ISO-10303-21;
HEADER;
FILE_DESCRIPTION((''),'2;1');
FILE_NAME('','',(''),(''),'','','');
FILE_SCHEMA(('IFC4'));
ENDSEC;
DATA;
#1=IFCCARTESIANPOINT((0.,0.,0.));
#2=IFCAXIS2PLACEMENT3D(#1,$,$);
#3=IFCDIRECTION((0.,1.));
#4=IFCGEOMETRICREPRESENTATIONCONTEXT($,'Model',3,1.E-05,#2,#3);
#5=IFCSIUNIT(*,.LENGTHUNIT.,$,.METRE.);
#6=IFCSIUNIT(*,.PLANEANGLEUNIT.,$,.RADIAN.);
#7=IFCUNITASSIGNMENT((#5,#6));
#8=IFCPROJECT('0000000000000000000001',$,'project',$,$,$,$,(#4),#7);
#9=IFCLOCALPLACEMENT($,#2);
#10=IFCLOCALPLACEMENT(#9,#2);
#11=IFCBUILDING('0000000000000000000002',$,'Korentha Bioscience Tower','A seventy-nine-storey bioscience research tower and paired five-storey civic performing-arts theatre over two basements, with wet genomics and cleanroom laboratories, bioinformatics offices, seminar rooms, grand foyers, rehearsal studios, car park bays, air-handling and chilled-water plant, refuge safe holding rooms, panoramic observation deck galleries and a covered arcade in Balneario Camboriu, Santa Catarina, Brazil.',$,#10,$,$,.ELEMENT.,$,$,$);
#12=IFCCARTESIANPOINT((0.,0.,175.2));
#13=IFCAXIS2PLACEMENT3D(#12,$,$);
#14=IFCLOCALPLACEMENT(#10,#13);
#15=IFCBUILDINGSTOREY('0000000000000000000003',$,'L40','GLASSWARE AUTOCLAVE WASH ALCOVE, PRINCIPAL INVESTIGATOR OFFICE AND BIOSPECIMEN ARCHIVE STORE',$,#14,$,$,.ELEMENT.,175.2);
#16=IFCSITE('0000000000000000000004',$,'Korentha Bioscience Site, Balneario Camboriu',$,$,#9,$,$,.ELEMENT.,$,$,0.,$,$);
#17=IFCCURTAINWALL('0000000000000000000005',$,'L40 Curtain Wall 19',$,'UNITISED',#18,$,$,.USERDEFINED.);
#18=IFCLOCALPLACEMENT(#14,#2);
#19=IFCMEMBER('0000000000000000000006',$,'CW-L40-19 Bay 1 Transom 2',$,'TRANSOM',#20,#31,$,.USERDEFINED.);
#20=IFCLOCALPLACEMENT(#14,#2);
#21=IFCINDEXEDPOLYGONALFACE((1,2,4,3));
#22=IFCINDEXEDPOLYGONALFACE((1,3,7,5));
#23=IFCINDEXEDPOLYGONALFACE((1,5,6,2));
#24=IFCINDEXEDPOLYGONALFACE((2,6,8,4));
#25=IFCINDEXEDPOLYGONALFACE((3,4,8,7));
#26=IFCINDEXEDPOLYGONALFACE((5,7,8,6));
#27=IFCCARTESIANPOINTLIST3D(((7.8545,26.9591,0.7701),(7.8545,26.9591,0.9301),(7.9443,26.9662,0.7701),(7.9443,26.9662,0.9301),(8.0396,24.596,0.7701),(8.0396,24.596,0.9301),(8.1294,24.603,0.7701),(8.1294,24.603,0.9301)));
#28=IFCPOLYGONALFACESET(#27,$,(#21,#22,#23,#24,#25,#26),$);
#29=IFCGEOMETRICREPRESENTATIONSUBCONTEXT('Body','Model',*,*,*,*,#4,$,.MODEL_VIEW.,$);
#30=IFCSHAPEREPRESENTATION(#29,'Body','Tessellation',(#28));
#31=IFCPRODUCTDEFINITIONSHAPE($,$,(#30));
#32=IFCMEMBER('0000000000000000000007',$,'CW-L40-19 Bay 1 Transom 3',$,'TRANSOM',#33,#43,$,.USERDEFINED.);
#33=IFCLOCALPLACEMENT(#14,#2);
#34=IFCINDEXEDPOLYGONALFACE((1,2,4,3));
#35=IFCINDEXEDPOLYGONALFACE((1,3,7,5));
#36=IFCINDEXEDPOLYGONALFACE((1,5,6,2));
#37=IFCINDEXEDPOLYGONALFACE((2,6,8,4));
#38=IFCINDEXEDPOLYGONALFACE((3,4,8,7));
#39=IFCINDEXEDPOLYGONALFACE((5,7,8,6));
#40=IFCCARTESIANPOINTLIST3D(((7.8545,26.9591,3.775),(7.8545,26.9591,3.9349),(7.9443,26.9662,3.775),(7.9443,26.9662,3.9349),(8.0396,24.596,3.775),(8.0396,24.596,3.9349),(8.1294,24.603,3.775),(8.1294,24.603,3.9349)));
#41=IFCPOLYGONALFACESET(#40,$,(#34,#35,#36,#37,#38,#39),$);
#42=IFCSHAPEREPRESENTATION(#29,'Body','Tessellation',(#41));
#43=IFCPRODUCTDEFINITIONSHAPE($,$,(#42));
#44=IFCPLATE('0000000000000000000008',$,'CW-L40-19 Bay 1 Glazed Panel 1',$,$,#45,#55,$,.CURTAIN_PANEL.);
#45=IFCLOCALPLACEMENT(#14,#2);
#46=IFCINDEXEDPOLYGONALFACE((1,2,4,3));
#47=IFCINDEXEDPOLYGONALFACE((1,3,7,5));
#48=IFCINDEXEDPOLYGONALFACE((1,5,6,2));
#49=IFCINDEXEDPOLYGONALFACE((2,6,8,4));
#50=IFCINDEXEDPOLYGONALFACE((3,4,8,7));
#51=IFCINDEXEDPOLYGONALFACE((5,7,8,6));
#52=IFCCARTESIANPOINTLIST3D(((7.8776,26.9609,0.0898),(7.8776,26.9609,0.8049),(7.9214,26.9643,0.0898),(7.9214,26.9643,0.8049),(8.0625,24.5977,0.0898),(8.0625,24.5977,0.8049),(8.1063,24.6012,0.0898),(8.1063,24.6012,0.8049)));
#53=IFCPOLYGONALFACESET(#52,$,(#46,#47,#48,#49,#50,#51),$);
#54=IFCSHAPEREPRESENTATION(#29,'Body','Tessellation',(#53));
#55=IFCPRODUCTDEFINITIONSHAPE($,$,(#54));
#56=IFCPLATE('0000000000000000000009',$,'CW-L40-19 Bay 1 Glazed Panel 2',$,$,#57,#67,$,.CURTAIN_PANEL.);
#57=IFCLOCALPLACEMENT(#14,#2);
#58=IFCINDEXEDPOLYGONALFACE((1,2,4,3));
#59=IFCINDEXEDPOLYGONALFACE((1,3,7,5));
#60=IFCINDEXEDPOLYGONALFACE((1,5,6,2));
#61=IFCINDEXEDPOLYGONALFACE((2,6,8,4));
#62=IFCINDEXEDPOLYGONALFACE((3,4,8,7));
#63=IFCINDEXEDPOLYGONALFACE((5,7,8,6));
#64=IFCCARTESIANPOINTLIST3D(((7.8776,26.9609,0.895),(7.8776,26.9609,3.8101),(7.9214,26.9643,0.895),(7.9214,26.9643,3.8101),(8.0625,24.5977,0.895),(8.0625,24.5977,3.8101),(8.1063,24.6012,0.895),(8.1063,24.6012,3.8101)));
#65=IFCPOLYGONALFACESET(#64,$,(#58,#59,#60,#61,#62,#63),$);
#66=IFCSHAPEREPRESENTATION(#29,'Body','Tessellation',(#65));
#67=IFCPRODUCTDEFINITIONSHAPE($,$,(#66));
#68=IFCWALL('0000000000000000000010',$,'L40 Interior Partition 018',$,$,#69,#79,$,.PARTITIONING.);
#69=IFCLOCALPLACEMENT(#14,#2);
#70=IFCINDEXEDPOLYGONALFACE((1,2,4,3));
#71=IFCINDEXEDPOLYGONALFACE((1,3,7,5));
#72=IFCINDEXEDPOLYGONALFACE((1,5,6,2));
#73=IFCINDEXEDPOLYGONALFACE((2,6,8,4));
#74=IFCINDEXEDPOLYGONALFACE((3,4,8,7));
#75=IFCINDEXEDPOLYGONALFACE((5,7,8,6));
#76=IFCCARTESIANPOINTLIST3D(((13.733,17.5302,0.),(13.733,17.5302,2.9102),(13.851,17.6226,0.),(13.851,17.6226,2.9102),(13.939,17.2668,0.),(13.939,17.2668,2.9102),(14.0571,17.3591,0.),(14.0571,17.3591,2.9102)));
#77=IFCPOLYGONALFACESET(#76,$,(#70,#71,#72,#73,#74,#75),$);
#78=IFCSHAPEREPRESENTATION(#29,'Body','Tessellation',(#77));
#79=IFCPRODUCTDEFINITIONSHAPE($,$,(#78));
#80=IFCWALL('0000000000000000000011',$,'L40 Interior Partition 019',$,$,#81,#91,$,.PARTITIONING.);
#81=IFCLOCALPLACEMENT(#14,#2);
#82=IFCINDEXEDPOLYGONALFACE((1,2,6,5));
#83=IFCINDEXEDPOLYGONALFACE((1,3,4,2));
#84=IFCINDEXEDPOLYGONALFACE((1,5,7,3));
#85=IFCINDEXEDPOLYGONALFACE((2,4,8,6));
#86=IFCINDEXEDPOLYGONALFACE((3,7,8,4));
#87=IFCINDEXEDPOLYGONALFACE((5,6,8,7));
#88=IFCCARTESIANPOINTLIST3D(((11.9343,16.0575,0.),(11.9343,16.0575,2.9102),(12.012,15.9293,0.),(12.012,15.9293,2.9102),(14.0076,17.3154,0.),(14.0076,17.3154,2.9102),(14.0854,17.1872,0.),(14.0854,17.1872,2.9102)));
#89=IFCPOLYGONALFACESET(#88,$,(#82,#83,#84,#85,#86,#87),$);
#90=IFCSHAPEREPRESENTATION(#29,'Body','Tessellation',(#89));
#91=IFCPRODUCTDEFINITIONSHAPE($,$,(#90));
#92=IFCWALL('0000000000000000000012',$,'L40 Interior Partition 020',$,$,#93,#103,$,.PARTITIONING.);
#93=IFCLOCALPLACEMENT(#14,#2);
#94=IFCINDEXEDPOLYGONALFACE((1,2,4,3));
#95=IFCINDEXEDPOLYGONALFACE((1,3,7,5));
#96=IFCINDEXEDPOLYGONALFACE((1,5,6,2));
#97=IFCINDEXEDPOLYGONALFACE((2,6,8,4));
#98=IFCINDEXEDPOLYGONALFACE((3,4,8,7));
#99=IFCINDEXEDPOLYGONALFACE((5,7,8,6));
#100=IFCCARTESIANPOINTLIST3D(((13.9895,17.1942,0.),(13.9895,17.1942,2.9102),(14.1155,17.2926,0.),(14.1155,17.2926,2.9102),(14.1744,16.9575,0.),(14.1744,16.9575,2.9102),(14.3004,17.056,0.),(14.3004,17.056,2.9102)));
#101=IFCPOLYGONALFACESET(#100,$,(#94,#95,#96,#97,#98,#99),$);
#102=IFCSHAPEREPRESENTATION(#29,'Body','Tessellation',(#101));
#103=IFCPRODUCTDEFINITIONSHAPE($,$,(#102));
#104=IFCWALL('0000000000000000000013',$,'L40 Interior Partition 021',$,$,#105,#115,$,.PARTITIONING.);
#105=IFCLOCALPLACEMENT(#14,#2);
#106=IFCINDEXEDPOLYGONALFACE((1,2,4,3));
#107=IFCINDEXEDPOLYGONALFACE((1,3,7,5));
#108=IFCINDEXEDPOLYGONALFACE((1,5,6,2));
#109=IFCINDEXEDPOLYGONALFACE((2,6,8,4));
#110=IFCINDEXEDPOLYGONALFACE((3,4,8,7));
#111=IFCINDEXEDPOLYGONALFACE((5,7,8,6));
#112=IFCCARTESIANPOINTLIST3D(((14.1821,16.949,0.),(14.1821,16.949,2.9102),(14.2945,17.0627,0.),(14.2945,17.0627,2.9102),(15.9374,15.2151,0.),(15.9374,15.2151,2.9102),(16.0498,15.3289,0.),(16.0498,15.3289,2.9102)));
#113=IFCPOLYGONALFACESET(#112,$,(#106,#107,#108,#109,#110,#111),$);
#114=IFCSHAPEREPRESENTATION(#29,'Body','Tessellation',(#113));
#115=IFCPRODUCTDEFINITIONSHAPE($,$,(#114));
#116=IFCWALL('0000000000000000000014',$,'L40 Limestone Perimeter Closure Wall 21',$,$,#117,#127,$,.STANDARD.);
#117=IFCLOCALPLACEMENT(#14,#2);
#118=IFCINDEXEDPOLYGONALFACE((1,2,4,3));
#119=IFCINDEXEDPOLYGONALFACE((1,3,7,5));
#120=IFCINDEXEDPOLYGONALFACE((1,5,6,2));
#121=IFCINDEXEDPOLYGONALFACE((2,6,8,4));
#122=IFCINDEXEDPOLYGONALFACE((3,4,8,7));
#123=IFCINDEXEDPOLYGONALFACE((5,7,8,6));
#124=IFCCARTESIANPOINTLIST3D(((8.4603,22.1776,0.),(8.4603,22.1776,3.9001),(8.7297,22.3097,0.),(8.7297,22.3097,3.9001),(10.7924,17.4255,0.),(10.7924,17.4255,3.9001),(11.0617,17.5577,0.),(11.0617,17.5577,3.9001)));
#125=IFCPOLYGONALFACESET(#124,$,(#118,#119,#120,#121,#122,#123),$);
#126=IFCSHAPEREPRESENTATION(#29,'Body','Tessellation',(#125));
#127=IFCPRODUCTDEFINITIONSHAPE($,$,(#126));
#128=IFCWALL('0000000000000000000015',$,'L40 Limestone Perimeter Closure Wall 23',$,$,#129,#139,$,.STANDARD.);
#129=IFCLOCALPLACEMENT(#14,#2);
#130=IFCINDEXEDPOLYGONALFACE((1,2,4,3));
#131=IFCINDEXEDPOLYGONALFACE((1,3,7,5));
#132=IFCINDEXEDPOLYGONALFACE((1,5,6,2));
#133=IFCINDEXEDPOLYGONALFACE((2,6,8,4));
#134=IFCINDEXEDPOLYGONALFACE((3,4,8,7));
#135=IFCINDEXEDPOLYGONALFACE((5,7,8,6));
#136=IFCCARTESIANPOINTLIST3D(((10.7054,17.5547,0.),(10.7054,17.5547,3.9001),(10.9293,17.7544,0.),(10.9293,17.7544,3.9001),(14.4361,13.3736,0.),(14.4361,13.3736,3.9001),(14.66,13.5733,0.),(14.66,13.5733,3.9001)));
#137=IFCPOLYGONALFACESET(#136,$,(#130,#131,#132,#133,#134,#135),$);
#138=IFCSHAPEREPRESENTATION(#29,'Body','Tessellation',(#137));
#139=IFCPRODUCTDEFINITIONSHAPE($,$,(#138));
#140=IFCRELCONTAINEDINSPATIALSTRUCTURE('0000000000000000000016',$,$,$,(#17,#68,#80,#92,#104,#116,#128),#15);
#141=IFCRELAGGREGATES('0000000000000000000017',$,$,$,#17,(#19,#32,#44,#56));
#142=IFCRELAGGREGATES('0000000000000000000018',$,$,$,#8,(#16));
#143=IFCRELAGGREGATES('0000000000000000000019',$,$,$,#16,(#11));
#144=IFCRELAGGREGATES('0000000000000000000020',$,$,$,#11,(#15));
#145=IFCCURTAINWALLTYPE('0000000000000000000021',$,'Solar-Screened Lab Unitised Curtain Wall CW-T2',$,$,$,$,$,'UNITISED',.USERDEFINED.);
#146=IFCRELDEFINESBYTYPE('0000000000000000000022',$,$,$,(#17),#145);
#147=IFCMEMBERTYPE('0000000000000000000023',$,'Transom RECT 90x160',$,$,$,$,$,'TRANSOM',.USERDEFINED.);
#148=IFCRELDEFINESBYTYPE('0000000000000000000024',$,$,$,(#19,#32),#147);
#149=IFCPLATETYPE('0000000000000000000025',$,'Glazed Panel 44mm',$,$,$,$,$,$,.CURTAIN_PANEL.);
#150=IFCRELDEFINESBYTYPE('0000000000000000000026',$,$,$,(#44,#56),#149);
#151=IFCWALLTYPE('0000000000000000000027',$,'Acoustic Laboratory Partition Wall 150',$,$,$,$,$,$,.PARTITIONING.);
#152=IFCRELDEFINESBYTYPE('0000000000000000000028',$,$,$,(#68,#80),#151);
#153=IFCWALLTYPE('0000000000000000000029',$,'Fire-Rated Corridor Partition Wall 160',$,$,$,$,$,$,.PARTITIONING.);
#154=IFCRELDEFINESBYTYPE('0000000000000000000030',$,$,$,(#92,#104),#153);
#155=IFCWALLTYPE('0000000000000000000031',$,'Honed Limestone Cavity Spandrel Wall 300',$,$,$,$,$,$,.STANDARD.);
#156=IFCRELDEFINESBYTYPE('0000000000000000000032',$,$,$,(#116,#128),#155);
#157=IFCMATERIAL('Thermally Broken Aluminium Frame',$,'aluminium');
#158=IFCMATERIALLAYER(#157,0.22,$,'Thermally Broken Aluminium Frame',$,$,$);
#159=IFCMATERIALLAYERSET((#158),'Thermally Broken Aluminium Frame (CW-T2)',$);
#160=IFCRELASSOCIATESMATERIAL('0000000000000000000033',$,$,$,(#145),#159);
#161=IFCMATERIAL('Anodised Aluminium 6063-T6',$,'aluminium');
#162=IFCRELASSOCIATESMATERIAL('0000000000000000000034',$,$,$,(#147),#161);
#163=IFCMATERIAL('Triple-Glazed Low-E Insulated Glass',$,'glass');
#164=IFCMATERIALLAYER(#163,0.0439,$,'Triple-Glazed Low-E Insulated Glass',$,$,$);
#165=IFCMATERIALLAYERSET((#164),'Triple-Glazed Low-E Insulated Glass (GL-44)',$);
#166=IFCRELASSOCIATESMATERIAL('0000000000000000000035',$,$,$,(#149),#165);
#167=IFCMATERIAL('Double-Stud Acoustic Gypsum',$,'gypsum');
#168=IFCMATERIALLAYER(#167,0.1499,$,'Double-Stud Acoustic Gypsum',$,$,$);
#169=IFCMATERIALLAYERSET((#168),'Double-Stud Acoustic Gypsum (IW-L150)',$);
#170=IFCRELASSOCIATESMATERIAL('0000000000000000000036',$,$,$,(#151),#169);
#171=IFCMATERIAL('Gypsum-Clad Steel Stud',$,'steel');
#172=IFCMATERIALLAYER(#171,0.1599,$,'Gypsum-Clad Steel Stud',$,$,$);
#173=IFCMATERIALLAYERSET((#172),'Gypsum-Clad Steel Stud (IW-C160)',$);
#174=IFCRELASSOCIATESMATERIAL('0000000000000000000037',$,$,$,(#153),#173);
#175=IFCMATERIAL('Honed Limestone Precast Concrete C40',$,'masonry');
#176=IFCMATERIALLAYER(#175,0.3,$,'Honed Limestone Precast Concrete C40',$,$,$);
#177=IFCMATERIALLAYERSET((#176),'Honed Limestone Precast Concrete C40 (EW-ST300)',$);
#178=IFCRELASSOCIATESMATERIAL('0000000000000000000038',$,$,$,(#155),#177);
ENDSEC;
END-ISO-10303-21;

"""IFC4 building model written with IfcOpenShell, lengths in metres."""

from ifc_helpers import new_model, si_unit, direction, frame, frame_2d, origin, origin_2d, place, context, subcontext, project, spatial, rectangle, extrude, material, layer, layer_set, material_profile, profile_set, type_object, element, aggregate, save


model = new_model("IFC4")

# Units and contexts
model_context = context("Model", 3, precision=1e-05, world=origin(), true_north=direction((0.0, 1.0)))
body_context = subcontext(model_context, "Body", "Model", "MODEL_VIEW")
ifc_project = project(units=[si_unit("LENGTHUNIT", "METRE"), si_unit("PLANEANGLEUNIT", "RADIAN")], contexts=[model_context])

# Site, building, storey
site_placement = place(None, origin())
site = spatial("IfcSite", under=ifc_project, at=site_placement, Name="Korentha Bioscience Site, Balneario Camboriu", CompositionType="ELEMENT", RefElevation=0.0)
building_placement = place(site_placement, origin())
building = spatial("IfcBuilding", under=site, at=building_placement, Name="Korentha Bioscience Tower", Description="A seventy-nine-storey bioscience research tower and paired five-storey civic performing-arts theatre over two basements, with wet genomics and cleanroom laboratories, bioinformatics offices, seminar rooms, grand foyers, rehearsal studios, car park bays, air-handling and chilled-water plant, refuge safe holding rooms, panoramic observation deck galleries and a covered arcade in Balneario Camboriu, Santa Catarina, Brazil.", CompositionType="ELEMENT")
storey_placement = place(building_placement, frame((0.0, 0.0, 175.2)))
storey = spatial("IfcBuildingStorey", under=building, at=storey_placement, Name="L40", Description="GLASSWARE AUTOCLAVE WASH ALCOVE, PRINCIPAL INVESTIGATOR OFFICE AND BIOSPECIMEN ARCHIVE STORE", CompositionType="ELEMENT", Elevation=175.2)

# Curtain wall
ifc_material_1 = material(Name="Thermally Broken Aluminium Frame", Category="aluminium")
ifc_layer_1 = layer(ifc_material_1, 0.22, Name="Thermally Broken Aluminium Frame")
ifc_layer_set_1 = layer_set([ifc_layer_1], Name="Thermally Broken Aluminium Frame (CW-T2)")
curtain_wall_type = type_object("IfcCurtainWallType", Name="Solar-Screened Lab Unitised Curtain Wall CW-T2", ElementType="UNITISED", PredefinedType="USERDEFINED", material=ifc_layer_set_1)
curtain_wall_placement = place(storey_placement, origin())
curtain_wall = element("IfcCurtainWall", 1, at=curtain_wall_placement, inside=storey, type_object=curtain_wall_type, Name="L40 Curtain Wall 19", ObjectType="UNITISED", PredefinedType="USERDEFINED")
ifc_material_2 = material(Name="Anodised Aluminium 6063-T6", Category="aluminium")

# Members
ifc_material_profile_1 = material_profile(ifc_material_2, rectangle(XDim=0.0901, YDim=0.1599, at=origin_2d()), Name="Anodised Aluminium 6063-T6")
ifc_profile_set_1 = profile_set([ifc_material_profile_1], Name="Anodised Aluminium 6063-T6 (CW-TRN)")
member_type_1 = type_object("IfcMemberType", Name="Transom RECT 90x160", ElementType="TRANSOM", PredefinedType="USERDEFINED", material=ifc_profile_set_1)
member_1_placement = place(storey_placement, frame((7.8994, 26.9626, 0.8501), z_axis=(0.078075, -0.996948, 0.0), x_axis=(0.996948, 0.078075, 0.0)))
member_1 = element("IfcMember", 2, at=member_1_placement, type_object=member_type_1, Name="CW-L40-19 Bay 1 Transom 2", ObjectType="TRANSOM", PredefinedType="USERDEFINED", context=body_context, shape_type="SweptSolid", body=[
    extrude(rectangle(XDim=0.0901, YDim=0.1599, at=origin_2d()), origin(), (0.0, 0.0, 1.0), 2.3704),
])
member_2_placement = place(storey_placement, frame((7.8994, 26.9626, 3.855), z_axis=(0.078075, -0.996948, 0.0), x_axis=(0.996948, 0.078075, 0.0)))
member_2 = element("IfcMember", 3, at=member_2_placement, type_object=member_type_1, Name="CW-L40-19 Bay 1 Transom 3", ObjectType="TRANSOM", PredefinedType="USERDEFINED", context=body_context, shape_type="SweptSolid", body=[
    extrude(rectangle(XDim=0.0901, YDim=0.1599, at=origin_2d()), origin(), (0.0, 0.0, 1.0), 2.3704),
])

# Plates
ifc_material_3 = material(Name="Triple-Glazed Low-E Insulated Glass", Category="glass")
ifc_layer_2 = layer(ifc_material_3, 0.0439, Name="Triple-Glazed Low-E Insulated Glass")
ifc_layer_set_2 = layer_set([ifc_layer_2], Name="Triple-Glazed Low-E Insulated Glass (GL-44)")
plate_type = type_object("IfcPlateType", Name="Glazed Panel 44mm", PredefinedType="CURTAIN_PANEL", material=ifc_layer_set_2)
plate_1_placement = place(storey_placement, frame((7.9919, 25.781, 0.0898), z_axis=(0.0, 0.0, 1.0), x_axis=(0.078031, -0.996951, 0.0)))
plate_1 = element("IfcPlate", 4, at=plate_1_placement, type_object=plate_type, Name="CW-L40-19 Bay 1 Glazed Panel 1", PredefinedType="CURTAIN_PANEL", context=body_context, shape_type="SweptSolid", body=[
    extrude(rectangle(XDim=2.3704, YDim=0.0439, at=origin_2d()), origin(), (0.0, 0.0, 1.0), 0.7151),
])
plate_2_placement = place(storey_placement, frame((7.9919, 25.781, 0.895), z_axis=(0.0, 0.0, 1.0), x_axis=(0.078031, -0.996951, 0.0)))
plate_2 = element("IfcPlate", 5, at=plate_2_placement, type_object=plate_type, Name="CW-L40-19 Bay 1 Glazed Panel 2", PredefinedType="CURTAIN_PANEL", context=body_context, shape_type="SweptSolid", body=[
    extrude(rectangle(XDim=2.3704, YDim=0.0439, at=origin_2d()), origin(), (0.0, 0.0, 1.0), 2.915),
])
aggregate(curtain_wall, [member_1, member_2, plate_1, plate_2])

# Walls
ifc_material_4 = material(Name="Double-Stud Acoustic Gypsum", Category="gypsum")
ifc_layer_3 = layer(ifc_material_4, 0.1499, Name="Double-Stud Acoustic Gypsum")
ifc_layer_set_3 = layer_set([ifc_layer_3], Name="Double-Stud Acoustic Gypsum (IW-L150)")
wall_type_1 = type_object("IfcWallType", Name="Acoustic Laboratory Partition Wall 150", PredefinedType="PARTITIONING", material=ifc_layer_set_3)
wall_1_placement = place(storey_placement, frame((13.792, 17.5764, 0.0), z_axis=(0.0, 0.0, 1.0), x_axis=(0.616111, -0.787659, 0.0)))
element("IfcWall", 6, at=wall_1_placement, inside=storey, type_object=wall_type_1, Name="L40 Interior Partition 018", PredefinedType="PARTITIONING", context=body_context, shape_type="SweptSolid", body=[
    extrude(rectangle(XDim=0.3345, YDim=0.1499, at=frame_2d((0.1672, 0.0))), origin(), (0.0, 0.0, 1.0), 2.9102),
])
wall_2_placement = place(storey_placement, frame((14.0464, 17.2512, 0.0), z_axis=(0.0, 0.0, 1.0), x_axis=(-0.85496, -0.518694, 0.0)))
element("IfcWall", 7, at=wall_2_placement, inside=storey, type_object=wall_type_1, Name="L40 Interior Partition 019", PredefinedType="PARTITIONING", context=body_context, shape_type="SweptSolid", body=[
    extrude(rectangle(XDim=2.425, YDim=0.1499, at=frame_2d((1.2124, 0.0))), origin(), (0.0, 0.0, 1.0), 2.9102),
])
ifc_material_5 = material(Name="Gypsum-Clad Steel Stud", Category="steel")
ifc_layer_4 = layer(ifc_material_5, 0.1599, Name="Gypsum-Clad Steel Stud")
ifc_layer_set_4 = layer_set([ifc_layer_4], Name="Gypsum-Clad Steel Stud (IW-C160)")
wall_type_2 = type_object("IfcWallType", Name="Fire-Rated Corridor Partition Wall 160", PredefinedType="PARTITIONING", material=ifc_layer_set_4)
wall_3_placement = place(storey_placement, frame((14.0525, 17.2434, 0.0), z_axis=(0.0, 0.0, 1.0), x_axis=(0.615628, -0.788037, 0.0)))
element("IfcWall", 8, at=wall_3_placement, inside=storey, type_object=wall_type_2, Name="L40 Interior Partition 020", PredefinedType="PARTITIONING", context=body_context, shape_type="SweptSolid", body=[
    extrude(rectangle(XDim=0.3003, YDim=0.1599, at=frame_2d((0.1501, 0.0))), origin(), (0.0, 0.0, 1.0), 2.9102),
])
wall_4_placement = place(storey_placement, frame((14.2383, 17.0059, 0.0), z_axis=(0.0, 0.0, 1.0), x_axis=(0.711447, -0.70274, 0.0)))
element("IfcWall", 9, at=wall_4_placement, inside=storey, type_object=wall_type_2, Name="L40 Interior Partition 021", PredefinedType="PARTITIONING", context=body_context, shape_type="SweptSolid", body=[
    extrude(rectangle(XDim=2.4673, YDim=0.1599, at=frame_2d((1.2336, 0.0))), origin(), (0.0, 0.0, 1.0), 2.9102),
])

# Shared definitions
ifc_material_6 = material(Name="Honed Limestone Precast Concrete C40", Category="masonry")
ifc_layer_5 = layer(ifc_material_6, 0.3, Name="Honed Limestone Precast Concrete C40")
ifc_layer_set_5 = layer_set([ifc_layer_5], Name="Honed Limestone Precast Concrete C40 (EW-ST300)")
wall_type_3 = type_object("IfcWallType", Name="Honed Limestone Cavity Spandrel Wall 300", PredefinedType="STANDARD", material=ifc_layer_set_5)

# Walls
wall_5_placement = place(storey_placement, frame((8.595, 22.2437, 0.0), z_axis=(0.0, 0.0, 1.0), x_axis=(0.44056, -0.897723, 0.0)))
element("IfcWall", 10, at=wall_5_placement, inside=storey, type_object=wall_type_3, Name="L40 Limestone Perimeter Closure Wall 21", PredefinedType="STANDARD", context=body_context, shape_type="SweptSolid", body=[
    extrude(rectangle(XDim=5.2935, YDim=0.3, at=frame_2d((2.6467, 0.0))), origin(), (0.0, 0.0, 1.0), 3.9001),
])
wall_6_placement = place(storey_placement, frame((10.8174, 17.6545, 0.0), z_axis=(0.0, 0.0, 1.0), x_axis=(0.665772, -0.746156, 0.0)))
element("IfcWall", 11, at=wall_6_placement, inside=storey, type_object=wall_type_3, Name="L40 Limestone Perimeter Closure Wall 23", PredefinedType="STANDARD", context=body_context, shape_type="SweptSolid", body=[
    extrude(rectangle(XDim=5.6035, YDim=0.3, at=frame_2d((2.8018, 0.0))), origin(), (0.0, 0.0, 1.0), 3.9001),
])

save(model, "model.ifc")
